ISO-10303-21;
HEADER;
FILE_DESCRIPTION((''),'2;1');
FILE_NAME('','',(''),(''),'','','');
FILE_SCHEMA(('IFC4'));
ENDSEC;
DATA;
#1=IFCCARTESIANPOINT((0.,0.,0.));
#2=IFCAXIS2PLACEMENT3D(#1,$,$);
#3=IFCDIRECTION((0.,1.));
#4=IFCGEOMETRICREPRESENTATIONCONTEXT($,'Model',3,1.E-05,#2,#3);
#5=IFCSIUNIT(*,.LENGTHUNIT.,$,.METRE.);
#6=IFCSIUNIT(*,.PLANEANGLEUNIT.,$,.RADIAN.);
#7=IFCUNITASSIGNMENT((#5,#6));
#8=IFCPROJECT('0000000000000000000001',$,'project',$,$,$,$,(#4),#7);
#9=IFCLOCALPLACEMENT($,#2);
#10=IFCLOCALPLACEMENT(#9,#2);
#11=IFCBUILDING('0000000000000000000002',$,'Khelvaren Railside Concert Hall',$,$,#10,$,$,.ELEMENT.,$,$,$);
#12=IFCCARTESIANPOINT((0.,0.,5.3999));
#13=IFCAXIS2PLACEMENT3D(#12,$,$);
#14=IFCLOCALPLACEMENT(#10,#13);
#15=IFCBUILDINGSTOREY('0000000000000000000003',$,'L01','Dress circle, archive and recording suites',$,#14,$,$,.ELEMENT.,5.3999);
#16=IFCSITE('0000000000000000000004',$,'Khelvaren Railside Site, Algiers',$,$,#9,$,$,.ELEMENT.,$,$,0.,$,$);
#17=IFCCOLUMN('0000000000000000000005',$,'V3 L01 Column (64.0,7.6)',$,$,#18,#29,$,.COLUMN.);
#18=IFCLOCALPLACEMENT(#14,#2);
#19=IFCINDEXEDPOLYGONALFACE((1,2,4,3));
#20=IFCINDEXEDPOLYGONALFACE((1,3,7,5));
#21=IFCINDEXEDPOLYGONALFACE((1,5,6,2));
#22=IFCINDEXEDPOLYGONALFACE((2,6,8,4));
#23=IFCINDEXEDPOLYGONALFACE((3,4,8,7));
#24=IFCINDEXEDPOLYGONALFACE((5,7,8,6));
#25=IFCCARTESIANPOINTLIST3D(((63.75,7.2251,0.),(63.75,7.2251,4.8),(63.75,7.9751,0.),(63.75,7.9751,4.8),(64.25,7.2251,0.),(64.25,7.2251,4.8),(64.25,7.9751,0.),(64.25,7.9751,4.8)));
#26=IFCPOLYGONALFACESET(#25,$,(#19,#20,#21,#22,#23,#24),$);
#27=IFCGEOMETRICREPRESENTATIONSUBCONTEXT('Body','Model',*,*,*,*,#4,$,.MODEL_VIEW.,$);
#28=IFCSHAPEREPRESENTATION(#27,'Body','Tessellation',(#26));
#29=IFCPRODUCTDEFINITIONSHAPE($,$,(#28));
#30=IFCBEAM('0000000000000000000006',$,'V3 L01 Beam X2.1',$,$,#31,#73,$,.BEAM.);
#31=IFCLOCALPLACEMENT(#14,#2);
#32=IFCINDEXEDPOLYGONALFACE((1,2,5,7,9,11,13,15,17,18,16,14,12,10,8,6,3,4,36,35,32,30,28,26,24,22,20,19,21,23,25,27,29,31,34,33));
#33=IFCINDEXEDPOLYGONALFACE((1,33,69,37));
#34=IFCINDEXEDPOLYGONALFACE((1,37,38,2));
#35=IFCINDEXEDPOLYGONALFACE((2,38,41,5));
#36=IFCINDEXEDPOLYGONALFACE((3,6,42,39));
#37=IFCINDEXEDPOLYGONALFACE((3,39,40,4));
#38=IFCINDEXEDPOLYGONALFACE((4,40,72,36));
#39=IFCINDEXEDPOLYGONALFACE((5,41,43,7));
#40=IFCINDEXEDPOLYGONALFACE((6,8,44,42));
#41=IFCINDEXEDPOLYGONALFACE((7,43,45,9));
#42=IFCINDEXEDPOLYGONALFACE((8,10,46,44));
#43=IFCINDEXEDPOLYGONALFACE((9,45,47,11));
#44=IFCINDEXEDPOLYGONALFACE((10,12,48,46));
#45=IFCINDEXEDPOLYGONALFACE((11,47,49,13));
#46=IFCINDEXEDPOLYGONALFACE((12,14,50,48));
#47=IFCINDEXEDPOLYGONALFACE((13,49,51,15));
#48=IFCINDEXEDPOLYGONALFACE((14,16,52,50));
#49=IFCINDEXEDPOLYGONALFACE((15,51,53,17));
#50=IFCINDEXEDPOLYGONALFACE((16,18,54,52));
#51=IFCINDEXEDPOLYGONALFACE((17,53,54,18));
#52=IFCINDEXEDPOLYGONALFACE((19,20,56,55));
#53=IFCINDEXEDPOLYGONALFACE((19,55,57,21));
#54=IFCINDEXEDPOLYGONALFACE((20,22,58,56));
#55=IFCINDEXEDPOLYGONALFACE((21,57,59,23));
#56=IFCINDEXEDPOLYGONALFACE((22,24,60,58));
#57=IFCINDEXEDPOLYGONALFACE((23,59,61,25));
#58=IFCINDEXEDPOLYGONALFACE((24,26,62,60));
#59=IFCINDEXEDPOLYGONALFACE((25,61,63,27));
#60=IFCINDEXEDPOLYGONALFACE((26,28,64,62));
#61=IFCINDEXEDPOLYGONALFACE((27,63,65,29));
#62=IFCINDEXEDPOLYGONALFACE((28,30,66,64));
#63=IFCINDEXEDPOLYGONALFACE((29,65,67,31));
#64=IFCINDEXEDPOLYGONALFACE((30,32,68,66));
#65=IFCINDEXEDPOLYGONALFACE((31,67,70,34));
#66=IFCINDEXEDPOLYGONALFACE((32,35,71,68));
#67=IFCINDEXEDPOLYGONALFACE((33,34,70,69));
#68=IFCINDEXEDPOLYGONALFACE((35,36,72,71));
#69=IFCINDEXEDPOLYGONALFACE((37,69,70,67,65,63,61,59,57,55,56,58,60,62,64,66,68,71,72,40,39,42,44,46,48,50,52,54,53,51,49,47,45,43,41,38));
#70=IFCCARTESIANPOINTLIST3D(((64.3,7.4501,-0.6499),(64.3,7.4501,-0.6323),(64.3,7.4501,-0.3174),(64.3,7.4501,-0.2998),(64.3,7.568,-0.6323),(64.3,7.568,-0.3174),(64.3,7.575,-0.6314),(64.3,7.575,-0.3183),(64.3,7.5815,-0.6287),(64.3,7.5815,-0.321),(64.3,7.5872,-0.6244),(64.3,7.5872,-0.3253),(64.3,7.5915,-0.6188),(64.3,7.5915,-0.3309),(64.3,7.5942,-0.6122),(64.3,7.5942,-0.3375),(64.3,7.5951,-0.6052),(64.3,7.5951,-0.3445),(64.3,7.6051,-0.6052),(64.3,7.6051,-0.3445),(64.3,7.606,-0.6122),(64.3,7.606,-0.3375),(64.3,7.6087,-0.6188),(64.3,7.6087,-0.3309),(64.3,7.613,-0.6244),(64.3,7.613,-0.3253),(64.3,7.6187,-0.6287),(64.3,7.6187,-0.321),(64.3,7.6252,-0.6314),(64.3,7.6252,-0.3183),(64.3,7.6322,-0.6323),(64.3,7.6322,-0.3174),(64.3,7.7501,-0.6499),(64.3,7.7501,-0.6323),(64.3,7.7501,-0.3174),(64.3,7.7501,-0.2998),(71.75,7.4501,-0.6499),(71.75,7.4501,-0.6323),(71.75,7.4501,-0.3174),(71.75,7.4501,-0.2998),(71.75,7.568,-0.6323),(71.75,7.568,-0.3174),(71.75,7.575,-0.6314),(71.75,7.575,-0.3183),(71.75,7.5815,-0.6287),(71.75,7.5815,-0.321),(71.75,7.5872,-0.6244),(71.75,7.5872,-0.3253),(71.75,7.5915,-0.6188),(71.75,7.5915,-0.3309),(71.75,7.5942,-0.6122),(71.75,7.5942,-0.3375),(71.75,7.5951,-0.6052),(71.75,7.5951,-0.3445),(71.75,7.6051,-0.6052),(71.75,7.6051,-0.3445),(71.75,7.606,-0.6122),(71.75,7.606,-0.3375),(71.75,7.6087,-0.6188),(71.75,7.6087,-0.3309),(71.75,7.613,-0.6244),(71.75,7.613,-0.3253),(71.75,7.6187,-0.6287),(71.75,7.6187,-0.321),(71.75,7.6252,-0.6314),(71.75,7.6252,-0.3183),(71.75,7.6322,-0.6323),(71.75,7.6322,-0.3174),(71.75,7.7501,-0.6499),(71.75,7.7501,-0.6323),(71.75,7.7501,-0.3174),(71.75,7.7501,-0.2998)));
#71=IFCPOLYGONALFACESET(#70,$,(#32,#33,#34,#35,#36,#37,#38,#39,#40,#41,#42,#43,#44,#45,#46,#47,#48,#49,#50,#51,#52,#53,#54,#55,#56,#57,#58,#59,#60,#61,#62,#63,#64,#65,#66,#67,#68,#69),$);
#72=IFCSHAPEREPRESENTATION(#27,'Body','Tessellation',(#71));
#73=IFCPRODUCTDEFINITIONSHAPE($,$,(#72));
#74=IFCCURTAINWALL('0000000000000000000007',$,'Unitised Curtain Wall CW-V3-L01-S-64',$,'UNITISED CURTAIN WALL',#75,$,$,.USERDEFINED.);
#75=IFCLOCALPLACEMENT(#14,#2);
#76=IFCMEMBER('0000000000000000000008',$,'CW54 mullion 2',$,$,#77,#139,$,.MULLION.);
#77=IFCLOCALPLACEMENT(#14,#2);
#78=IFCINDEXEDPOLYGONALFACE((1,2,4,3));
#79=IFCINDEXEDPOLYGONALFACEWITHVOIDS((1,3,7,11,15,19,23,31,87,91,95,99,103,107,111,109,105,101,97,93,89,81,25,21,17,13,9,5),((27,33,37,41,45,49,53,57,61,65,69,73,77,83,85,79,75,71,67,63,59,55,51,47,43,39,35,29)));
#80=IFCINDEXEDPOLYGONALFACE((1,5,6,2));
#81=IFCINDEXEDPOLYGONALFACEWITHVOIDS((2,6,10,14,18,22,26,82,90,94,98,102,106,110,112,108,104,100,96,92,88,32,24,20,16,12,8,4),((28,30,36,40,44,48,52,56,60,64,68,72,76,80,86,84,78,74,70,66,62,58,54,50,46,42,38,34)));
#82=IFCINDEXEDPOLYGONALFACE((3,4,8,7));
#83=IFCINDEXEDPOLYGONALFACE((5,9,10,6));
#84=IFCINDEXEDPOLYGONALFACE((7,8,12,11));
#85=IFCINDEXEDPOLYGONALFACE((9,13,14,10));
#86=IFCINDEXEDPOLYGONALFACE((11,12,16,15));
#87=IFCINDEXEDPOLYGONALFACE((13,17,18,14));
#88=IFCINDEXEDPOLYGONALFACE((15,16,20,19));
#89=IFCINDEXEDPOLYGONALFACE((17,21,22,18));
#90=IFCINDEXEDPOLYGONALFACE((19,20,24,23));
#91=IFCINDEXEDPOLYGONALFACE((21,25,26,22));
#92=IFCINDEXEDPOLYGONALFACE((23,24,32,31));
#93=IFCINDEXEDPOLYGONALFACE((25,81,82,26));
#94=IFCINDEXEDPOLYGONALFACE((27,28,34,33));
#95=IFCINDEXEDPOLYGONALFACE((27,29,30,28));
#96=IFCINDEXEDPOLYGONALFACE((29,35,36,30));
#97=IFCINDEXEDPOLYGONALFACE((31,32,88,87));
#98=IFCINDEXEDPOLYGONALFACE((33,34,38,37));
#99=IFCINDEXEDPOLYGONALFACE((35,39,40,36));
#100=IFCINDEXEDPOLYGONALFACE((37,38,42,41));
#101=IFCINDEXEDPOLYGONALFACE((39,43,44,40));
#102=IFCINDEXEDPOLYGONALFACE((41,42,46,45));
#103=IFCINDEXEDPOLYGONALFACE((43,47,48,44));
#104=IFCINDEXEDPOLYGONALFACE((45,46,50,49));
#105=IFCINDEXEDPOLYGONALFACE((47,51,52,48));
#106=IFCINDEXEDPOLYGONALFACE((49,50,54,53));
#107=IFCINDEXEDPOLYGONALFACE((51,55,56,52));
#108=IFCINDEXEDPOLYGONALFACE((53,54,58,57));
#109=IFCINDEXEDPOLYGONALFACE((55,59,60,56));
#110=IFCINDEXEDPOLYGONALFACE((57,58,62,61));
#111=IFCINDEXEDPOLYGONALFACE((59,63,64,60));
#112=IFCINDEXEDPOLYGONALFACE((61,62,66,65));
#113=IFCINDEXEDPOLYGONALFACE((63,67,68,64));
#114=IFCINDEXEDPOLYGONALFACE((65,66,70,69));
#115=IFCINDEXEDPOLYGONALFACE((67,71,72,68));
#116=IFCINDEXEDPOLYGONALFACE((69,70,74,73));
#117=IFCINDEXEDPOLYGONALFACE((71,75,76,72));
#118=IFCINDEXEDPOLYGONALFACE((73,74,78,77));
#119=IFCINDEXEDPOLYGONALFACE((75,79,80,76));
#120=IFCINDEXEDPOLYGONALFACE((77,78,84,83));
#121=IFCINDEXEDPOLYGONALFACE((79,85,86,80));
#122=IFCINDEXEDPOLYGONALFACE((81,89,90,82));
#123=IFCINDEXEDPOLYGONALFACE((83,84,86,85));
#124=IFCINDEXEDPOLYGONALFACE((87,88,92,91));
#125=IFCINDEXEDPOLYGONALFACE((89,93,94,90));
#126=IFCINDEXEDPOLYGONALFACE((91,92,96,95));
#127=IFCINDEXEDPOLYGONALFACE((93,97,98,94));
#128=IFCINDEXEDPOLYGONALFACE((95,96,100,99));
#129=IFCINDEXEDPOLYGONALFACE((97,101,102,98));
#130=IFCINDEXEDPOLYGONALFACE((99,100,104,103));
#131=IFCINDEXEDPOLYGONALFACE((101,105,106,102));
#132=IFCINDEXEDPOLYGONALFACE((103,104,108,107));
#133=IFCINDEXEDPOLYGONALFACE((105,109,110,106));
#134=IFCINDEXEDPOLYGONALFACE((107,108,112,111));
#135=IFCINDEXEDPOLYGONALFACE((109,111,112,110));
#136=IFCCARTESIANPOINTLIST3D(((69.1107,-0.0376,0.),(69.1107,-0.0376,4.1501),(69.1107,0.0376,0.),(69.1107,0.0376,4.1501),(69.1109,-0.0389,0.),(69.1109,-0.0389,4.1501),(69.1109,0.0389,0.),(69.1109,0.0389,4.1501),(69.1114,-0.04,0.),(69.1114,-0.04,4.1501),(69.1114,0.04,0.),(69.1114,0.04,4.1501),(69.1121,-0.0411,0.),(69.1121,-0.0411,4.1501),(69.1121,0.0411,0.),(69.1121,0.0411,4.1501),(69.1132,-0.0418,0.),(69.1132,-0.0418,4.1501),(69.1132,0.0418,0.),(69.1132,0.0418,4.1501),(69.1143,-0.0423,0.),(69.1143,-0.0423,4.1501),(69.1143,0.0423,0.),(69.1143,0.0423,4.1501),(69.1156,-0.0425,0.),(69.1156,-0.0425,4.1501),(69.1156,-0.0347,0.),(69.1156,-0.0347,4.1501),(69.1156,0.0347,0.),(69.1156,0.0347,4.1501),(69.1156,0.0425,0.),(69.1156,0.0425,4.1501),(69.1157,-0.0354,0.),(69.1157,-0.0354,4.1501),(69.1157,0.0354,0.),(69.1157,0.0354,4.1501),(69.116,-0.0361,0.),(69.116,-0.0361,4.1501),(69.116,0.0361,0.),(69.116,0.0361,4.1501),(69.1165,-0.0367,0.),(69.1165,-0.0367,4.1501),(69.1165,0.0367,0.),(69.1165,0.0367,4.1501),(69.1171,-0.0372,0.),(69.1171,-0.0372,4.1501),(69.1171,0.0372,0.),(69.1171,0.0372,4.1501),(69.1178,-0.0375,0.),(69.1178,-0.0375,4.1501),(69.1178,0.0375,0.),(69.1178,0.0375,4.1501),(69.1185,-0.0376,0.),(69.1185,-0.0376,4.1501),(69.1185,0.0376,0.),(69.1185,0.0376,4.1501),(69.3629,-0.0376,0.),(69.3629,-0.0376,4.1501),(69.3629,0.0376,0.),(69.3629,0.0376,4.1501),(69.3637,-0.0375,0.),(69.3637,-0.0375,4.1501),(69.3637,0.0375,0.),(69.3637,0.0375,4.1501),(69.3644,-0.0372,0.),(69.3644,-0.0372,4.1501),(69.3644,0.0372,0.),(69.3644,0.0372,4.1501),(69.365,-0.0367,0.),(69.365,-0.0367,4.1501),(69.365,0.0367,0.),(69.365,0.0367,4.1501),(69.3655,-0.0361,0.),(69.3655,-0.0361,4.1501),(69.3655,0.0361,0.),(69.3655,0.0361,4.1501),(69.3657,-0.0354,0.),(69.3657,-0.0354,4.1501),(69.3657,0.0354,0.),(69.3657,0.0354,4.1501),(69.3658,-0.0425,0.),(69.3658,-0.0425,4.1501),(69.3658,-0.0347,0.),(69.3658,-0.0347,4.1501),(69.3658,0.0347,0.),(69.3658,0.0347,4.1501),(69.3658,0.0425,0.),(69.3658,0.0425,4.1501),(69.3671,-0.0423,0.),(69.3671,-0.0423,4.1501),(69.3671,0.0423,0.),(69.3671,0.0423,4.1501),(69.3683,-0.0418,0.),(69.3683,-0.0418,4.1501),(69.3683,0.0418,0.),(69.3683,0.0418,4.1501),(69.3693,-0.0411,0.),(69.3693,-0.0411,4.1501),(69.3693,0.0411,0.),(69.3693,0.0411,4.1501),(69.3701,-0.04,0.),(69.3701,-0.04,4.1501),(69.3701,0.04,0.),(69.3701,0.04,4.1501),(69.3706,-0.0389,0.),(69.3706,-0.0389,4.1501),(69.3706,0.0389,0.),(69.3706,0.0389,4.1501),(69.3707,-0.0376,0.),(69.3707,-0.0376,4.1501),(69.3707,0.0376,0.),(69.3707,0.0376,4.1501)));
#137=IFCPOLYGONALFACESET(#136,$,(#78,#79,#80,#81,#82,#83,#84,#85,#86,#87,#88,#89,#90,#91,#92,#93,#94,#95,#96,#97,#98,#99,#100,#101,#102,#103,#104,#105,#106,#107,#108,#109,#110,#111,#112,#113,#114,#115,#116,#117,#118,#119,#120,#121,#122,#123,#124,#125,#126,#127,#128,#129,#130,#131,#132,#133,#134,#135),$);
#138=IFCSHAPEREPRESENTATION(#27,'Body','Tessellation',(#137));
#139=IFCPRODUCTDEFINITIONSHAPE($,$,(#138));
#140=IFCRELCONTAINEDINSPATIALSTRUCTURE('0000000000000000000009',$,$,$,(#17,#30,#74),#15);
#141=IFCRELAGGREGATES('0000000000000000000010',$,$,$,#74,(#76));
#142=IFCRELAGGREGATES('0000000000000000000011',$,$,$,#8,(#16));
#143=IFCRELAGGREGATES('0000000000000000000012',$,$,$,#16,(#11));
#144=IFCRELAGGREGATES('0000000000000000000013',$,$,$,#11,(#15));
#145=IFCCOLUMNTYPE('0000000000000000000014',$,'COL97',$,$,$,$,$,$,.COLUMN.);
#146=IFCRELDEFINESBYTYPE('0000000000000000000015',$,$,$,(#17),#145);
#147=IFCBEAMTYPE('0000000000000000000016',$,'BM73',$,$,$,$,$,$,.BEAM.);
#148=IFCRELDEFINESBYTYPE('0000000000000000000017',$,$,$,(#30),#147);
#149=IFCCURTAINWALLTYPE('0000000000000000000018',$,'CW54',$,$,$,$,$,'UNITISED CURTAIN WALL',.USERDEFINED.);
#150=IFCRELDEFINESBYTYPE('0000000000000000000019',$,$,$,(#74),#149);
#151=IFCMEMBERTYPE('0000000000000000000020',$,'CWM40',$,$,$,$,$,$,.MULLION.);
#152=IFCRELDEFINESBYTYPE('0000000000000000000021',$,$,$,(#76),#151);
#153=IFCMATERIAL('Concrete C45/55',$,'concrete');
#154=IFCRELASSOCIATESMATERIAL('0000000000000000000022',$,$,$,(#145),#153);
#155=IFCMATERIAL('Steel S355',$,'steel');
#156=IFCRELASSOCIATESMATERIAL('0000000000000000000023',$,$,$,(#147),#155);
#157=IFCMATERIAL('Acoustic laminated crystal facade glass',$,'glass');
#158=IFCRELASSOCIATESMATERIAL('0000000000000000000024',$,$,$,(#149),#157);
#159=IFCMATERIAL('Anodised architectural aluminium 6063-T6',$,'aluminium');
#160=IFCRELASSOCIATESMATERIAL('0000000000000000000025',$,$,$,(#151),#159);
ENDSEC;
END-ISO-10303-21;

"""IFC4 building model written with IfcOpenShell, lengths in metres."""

from ifc_helpers import new_model, si_unit, direction, frame, origin, origin_2d, place, context, subcontext, project, spatial, rectangle, hollow_rectangle, i_section, extrude, material, material_profile, profile_set, type_object, element, aggregate, save


model = new_model("IFC4")

# Units and contexts
model_context = context("Model", 3, precision=1e-05, world=origin(), true_north=direction((0.0, 1.0)))
body_context = subcontext(model_context, "Body", "Model", "MODEL_VIEW")
ifc_project = project(units=[si_unit("LENGTHUNIT", "METRE"), si_unit("PLANEANGLEUNIT", "RADIAN")], contexts=[model_context])

# Site, building, storey
site_placement = place(None, origin())
site = spatial("IfcSite", under=ifc_project, at=site_placement, Name="Khelvaren Railside Site, Algiers", CompositionType="ELEMENT", RefElevation=0.0)
building_placement = place(site_placement, origin())
building = spatial("IfcBuilding", under=site, at=building_placement, Name="Khelvaren Railside Concert Hall", CompositionType="ELEMENT")
storey_placement = place(building_placement, frame((0.0, 0.0, 5.3999)))
storey = spatial("IfcBuildingStorey", under=building, at=storey_placement, Name="L01", Description="Dress circle, archive and recording suites", CompositionType="ELEMENT", Elevation=5.3999)

# Column
ifc_material_1 = material(Name="Concrete C45/55", Category="concrete")
ifc_material_profile_1 = material_profile(ifc_material_1, rectangle(XDim=0.5, YDim=0.75, at=origin_2d()), Name="RC 500x750")
ifc_profile_set_1 = profile_set([ifc_material_profile_1], Name="Concrete C45/55")
column_type = type_object("IfcColumnType", Name="COL97", PredefinedType="COLUMN", material=ifc_profile_set_1)
column_placement = place(storey_placement, frame((64.0, 7.6001, 0.0), z_axis=(0.0, 0.0, 1.0), x_axis=(1.0, 0.0, 0.0)))
element("IfcColumn", 1, at=column_placement, inside=storey, type_object=column_type, Name="V3 L01 Column (64.0,7.6)", PredefinedType="COLUMN", context=body_context, shape_type="SweptSolid", body=[
    extrude(rectangle(XDim=0.5, YDim=0.75, at=origin_2d()), origin(), (0.0, 0.0, 1.0), 4.8),
])

# Beam
ifc_material_2 = material(Name="Steel S355", Category="steel")
ifc_material_profile_2 = material_profile(ifc_material_2, i_section(OverallWidth=0.3, OverallDepth=0.3501, WebThickness=0.01, FlangeThickness=0.0176, FilletRadius=0.0271, at=origin_2d()), Name="HEA 360")
ifc_profile_set_2 = profile_set([ifc_material_profile_2], Name="Steel S355")
beam_type_1 = type_object("IfcBeamType", Name="BM73", PredefinedType="BEAM", material=ifc_profile_set_2)
beam_1_placement = place(storey_placement, frame((64.3, 7.6001, -0.4749), z_axis=(1.0, 0.0, 0.0), x_axis=(0.0, 1.0, 0.0)))
element("IfcBeam", 2, at=beam_1_placement, inside=storey, type_object=beam_type_1, Name="V3 L01 Beam X2.1", PredefinedType="BEAM", context=body_context, shape_type="SweptSolid", body=[
    extrude(i_section(OverallWidth=0.3, OverallDepth=0.3501, WebThickness=0.01, FlangeThickness=0.0176, FilletRadius=0.0271, at=origin_2d()), origin(), (0.0, 0.0, 1.0), 7.45),
])

# Curtain wall, member
ifc_material_3 = material(Name="Acoustic laminated crystal facade glass", Category="glass")
curtain_wall_type = type_object("IfcCurtainWallType", Name="CW54", ElementType="UNITISED CURTAIN WALL", PredefinedType="USERDEFINED", material=ifc_material_3)
curtain_wall_placement = place(storey_placement, origin())
curtain_wall = element("IfcCurtainWall", 3, at=curtain_wall_placement, inside=storey, type_object=curtain_wall_type, Name="Unitised Curtain Wall CW-V3-L01-S-64", ObjectType="UNITISED CURTAIN WALL", PredefinedType="USERDEFINED")
ifc_material_4 = material(Name="Anodised architectural aluminium 6063-T6", Category="aluminium")
ifc_material_profile_3 = material_profile(ifc_material_4, hollow_rectangle(XDim=0.085, YDim=0.26, WallThickness=0.0049, InnerFilletRadius=0.0029, OuterFilletRadius=0.0049, at=origin_2d()), Name="CWM 85x260x5")
ifc_profile_set_3 = profile_set([ifc_material_profile_3], Name="Anodised architectural aluminium 6063-T6")
member_type_1 = type_object("IfcMemberType", Name="CWM40", PredefinedType="MULLION", material=ifc_profile_set_3)
member_1_placement = place(storey_placement, frame((69.2407, 0.0, 0.0), z_axis=(0.0, 0.0, 1.0), x_axis=(0.0, -1.0, 0.0)))
member_1 = element("IfcMember", 4, at=member_1_placement, type_object=member_type_1, Name="CW54 mullion 2", PredefinedType="MULLION", context=body_context, shape_type="SweptSolid", body=[
    extrude(hollow_rectangle(XDim=0.085, YDim=0.26, WallThickness=0.0049, InnerFilletRadius=0.0029, OuterFilletRadius=0.0049, at=origin_2d()), origin(), (0.0, 0.0, 1.0), 4.1501),
])

aggregate(curtain_wall, [member_1])

save(model, "model.ifc")
